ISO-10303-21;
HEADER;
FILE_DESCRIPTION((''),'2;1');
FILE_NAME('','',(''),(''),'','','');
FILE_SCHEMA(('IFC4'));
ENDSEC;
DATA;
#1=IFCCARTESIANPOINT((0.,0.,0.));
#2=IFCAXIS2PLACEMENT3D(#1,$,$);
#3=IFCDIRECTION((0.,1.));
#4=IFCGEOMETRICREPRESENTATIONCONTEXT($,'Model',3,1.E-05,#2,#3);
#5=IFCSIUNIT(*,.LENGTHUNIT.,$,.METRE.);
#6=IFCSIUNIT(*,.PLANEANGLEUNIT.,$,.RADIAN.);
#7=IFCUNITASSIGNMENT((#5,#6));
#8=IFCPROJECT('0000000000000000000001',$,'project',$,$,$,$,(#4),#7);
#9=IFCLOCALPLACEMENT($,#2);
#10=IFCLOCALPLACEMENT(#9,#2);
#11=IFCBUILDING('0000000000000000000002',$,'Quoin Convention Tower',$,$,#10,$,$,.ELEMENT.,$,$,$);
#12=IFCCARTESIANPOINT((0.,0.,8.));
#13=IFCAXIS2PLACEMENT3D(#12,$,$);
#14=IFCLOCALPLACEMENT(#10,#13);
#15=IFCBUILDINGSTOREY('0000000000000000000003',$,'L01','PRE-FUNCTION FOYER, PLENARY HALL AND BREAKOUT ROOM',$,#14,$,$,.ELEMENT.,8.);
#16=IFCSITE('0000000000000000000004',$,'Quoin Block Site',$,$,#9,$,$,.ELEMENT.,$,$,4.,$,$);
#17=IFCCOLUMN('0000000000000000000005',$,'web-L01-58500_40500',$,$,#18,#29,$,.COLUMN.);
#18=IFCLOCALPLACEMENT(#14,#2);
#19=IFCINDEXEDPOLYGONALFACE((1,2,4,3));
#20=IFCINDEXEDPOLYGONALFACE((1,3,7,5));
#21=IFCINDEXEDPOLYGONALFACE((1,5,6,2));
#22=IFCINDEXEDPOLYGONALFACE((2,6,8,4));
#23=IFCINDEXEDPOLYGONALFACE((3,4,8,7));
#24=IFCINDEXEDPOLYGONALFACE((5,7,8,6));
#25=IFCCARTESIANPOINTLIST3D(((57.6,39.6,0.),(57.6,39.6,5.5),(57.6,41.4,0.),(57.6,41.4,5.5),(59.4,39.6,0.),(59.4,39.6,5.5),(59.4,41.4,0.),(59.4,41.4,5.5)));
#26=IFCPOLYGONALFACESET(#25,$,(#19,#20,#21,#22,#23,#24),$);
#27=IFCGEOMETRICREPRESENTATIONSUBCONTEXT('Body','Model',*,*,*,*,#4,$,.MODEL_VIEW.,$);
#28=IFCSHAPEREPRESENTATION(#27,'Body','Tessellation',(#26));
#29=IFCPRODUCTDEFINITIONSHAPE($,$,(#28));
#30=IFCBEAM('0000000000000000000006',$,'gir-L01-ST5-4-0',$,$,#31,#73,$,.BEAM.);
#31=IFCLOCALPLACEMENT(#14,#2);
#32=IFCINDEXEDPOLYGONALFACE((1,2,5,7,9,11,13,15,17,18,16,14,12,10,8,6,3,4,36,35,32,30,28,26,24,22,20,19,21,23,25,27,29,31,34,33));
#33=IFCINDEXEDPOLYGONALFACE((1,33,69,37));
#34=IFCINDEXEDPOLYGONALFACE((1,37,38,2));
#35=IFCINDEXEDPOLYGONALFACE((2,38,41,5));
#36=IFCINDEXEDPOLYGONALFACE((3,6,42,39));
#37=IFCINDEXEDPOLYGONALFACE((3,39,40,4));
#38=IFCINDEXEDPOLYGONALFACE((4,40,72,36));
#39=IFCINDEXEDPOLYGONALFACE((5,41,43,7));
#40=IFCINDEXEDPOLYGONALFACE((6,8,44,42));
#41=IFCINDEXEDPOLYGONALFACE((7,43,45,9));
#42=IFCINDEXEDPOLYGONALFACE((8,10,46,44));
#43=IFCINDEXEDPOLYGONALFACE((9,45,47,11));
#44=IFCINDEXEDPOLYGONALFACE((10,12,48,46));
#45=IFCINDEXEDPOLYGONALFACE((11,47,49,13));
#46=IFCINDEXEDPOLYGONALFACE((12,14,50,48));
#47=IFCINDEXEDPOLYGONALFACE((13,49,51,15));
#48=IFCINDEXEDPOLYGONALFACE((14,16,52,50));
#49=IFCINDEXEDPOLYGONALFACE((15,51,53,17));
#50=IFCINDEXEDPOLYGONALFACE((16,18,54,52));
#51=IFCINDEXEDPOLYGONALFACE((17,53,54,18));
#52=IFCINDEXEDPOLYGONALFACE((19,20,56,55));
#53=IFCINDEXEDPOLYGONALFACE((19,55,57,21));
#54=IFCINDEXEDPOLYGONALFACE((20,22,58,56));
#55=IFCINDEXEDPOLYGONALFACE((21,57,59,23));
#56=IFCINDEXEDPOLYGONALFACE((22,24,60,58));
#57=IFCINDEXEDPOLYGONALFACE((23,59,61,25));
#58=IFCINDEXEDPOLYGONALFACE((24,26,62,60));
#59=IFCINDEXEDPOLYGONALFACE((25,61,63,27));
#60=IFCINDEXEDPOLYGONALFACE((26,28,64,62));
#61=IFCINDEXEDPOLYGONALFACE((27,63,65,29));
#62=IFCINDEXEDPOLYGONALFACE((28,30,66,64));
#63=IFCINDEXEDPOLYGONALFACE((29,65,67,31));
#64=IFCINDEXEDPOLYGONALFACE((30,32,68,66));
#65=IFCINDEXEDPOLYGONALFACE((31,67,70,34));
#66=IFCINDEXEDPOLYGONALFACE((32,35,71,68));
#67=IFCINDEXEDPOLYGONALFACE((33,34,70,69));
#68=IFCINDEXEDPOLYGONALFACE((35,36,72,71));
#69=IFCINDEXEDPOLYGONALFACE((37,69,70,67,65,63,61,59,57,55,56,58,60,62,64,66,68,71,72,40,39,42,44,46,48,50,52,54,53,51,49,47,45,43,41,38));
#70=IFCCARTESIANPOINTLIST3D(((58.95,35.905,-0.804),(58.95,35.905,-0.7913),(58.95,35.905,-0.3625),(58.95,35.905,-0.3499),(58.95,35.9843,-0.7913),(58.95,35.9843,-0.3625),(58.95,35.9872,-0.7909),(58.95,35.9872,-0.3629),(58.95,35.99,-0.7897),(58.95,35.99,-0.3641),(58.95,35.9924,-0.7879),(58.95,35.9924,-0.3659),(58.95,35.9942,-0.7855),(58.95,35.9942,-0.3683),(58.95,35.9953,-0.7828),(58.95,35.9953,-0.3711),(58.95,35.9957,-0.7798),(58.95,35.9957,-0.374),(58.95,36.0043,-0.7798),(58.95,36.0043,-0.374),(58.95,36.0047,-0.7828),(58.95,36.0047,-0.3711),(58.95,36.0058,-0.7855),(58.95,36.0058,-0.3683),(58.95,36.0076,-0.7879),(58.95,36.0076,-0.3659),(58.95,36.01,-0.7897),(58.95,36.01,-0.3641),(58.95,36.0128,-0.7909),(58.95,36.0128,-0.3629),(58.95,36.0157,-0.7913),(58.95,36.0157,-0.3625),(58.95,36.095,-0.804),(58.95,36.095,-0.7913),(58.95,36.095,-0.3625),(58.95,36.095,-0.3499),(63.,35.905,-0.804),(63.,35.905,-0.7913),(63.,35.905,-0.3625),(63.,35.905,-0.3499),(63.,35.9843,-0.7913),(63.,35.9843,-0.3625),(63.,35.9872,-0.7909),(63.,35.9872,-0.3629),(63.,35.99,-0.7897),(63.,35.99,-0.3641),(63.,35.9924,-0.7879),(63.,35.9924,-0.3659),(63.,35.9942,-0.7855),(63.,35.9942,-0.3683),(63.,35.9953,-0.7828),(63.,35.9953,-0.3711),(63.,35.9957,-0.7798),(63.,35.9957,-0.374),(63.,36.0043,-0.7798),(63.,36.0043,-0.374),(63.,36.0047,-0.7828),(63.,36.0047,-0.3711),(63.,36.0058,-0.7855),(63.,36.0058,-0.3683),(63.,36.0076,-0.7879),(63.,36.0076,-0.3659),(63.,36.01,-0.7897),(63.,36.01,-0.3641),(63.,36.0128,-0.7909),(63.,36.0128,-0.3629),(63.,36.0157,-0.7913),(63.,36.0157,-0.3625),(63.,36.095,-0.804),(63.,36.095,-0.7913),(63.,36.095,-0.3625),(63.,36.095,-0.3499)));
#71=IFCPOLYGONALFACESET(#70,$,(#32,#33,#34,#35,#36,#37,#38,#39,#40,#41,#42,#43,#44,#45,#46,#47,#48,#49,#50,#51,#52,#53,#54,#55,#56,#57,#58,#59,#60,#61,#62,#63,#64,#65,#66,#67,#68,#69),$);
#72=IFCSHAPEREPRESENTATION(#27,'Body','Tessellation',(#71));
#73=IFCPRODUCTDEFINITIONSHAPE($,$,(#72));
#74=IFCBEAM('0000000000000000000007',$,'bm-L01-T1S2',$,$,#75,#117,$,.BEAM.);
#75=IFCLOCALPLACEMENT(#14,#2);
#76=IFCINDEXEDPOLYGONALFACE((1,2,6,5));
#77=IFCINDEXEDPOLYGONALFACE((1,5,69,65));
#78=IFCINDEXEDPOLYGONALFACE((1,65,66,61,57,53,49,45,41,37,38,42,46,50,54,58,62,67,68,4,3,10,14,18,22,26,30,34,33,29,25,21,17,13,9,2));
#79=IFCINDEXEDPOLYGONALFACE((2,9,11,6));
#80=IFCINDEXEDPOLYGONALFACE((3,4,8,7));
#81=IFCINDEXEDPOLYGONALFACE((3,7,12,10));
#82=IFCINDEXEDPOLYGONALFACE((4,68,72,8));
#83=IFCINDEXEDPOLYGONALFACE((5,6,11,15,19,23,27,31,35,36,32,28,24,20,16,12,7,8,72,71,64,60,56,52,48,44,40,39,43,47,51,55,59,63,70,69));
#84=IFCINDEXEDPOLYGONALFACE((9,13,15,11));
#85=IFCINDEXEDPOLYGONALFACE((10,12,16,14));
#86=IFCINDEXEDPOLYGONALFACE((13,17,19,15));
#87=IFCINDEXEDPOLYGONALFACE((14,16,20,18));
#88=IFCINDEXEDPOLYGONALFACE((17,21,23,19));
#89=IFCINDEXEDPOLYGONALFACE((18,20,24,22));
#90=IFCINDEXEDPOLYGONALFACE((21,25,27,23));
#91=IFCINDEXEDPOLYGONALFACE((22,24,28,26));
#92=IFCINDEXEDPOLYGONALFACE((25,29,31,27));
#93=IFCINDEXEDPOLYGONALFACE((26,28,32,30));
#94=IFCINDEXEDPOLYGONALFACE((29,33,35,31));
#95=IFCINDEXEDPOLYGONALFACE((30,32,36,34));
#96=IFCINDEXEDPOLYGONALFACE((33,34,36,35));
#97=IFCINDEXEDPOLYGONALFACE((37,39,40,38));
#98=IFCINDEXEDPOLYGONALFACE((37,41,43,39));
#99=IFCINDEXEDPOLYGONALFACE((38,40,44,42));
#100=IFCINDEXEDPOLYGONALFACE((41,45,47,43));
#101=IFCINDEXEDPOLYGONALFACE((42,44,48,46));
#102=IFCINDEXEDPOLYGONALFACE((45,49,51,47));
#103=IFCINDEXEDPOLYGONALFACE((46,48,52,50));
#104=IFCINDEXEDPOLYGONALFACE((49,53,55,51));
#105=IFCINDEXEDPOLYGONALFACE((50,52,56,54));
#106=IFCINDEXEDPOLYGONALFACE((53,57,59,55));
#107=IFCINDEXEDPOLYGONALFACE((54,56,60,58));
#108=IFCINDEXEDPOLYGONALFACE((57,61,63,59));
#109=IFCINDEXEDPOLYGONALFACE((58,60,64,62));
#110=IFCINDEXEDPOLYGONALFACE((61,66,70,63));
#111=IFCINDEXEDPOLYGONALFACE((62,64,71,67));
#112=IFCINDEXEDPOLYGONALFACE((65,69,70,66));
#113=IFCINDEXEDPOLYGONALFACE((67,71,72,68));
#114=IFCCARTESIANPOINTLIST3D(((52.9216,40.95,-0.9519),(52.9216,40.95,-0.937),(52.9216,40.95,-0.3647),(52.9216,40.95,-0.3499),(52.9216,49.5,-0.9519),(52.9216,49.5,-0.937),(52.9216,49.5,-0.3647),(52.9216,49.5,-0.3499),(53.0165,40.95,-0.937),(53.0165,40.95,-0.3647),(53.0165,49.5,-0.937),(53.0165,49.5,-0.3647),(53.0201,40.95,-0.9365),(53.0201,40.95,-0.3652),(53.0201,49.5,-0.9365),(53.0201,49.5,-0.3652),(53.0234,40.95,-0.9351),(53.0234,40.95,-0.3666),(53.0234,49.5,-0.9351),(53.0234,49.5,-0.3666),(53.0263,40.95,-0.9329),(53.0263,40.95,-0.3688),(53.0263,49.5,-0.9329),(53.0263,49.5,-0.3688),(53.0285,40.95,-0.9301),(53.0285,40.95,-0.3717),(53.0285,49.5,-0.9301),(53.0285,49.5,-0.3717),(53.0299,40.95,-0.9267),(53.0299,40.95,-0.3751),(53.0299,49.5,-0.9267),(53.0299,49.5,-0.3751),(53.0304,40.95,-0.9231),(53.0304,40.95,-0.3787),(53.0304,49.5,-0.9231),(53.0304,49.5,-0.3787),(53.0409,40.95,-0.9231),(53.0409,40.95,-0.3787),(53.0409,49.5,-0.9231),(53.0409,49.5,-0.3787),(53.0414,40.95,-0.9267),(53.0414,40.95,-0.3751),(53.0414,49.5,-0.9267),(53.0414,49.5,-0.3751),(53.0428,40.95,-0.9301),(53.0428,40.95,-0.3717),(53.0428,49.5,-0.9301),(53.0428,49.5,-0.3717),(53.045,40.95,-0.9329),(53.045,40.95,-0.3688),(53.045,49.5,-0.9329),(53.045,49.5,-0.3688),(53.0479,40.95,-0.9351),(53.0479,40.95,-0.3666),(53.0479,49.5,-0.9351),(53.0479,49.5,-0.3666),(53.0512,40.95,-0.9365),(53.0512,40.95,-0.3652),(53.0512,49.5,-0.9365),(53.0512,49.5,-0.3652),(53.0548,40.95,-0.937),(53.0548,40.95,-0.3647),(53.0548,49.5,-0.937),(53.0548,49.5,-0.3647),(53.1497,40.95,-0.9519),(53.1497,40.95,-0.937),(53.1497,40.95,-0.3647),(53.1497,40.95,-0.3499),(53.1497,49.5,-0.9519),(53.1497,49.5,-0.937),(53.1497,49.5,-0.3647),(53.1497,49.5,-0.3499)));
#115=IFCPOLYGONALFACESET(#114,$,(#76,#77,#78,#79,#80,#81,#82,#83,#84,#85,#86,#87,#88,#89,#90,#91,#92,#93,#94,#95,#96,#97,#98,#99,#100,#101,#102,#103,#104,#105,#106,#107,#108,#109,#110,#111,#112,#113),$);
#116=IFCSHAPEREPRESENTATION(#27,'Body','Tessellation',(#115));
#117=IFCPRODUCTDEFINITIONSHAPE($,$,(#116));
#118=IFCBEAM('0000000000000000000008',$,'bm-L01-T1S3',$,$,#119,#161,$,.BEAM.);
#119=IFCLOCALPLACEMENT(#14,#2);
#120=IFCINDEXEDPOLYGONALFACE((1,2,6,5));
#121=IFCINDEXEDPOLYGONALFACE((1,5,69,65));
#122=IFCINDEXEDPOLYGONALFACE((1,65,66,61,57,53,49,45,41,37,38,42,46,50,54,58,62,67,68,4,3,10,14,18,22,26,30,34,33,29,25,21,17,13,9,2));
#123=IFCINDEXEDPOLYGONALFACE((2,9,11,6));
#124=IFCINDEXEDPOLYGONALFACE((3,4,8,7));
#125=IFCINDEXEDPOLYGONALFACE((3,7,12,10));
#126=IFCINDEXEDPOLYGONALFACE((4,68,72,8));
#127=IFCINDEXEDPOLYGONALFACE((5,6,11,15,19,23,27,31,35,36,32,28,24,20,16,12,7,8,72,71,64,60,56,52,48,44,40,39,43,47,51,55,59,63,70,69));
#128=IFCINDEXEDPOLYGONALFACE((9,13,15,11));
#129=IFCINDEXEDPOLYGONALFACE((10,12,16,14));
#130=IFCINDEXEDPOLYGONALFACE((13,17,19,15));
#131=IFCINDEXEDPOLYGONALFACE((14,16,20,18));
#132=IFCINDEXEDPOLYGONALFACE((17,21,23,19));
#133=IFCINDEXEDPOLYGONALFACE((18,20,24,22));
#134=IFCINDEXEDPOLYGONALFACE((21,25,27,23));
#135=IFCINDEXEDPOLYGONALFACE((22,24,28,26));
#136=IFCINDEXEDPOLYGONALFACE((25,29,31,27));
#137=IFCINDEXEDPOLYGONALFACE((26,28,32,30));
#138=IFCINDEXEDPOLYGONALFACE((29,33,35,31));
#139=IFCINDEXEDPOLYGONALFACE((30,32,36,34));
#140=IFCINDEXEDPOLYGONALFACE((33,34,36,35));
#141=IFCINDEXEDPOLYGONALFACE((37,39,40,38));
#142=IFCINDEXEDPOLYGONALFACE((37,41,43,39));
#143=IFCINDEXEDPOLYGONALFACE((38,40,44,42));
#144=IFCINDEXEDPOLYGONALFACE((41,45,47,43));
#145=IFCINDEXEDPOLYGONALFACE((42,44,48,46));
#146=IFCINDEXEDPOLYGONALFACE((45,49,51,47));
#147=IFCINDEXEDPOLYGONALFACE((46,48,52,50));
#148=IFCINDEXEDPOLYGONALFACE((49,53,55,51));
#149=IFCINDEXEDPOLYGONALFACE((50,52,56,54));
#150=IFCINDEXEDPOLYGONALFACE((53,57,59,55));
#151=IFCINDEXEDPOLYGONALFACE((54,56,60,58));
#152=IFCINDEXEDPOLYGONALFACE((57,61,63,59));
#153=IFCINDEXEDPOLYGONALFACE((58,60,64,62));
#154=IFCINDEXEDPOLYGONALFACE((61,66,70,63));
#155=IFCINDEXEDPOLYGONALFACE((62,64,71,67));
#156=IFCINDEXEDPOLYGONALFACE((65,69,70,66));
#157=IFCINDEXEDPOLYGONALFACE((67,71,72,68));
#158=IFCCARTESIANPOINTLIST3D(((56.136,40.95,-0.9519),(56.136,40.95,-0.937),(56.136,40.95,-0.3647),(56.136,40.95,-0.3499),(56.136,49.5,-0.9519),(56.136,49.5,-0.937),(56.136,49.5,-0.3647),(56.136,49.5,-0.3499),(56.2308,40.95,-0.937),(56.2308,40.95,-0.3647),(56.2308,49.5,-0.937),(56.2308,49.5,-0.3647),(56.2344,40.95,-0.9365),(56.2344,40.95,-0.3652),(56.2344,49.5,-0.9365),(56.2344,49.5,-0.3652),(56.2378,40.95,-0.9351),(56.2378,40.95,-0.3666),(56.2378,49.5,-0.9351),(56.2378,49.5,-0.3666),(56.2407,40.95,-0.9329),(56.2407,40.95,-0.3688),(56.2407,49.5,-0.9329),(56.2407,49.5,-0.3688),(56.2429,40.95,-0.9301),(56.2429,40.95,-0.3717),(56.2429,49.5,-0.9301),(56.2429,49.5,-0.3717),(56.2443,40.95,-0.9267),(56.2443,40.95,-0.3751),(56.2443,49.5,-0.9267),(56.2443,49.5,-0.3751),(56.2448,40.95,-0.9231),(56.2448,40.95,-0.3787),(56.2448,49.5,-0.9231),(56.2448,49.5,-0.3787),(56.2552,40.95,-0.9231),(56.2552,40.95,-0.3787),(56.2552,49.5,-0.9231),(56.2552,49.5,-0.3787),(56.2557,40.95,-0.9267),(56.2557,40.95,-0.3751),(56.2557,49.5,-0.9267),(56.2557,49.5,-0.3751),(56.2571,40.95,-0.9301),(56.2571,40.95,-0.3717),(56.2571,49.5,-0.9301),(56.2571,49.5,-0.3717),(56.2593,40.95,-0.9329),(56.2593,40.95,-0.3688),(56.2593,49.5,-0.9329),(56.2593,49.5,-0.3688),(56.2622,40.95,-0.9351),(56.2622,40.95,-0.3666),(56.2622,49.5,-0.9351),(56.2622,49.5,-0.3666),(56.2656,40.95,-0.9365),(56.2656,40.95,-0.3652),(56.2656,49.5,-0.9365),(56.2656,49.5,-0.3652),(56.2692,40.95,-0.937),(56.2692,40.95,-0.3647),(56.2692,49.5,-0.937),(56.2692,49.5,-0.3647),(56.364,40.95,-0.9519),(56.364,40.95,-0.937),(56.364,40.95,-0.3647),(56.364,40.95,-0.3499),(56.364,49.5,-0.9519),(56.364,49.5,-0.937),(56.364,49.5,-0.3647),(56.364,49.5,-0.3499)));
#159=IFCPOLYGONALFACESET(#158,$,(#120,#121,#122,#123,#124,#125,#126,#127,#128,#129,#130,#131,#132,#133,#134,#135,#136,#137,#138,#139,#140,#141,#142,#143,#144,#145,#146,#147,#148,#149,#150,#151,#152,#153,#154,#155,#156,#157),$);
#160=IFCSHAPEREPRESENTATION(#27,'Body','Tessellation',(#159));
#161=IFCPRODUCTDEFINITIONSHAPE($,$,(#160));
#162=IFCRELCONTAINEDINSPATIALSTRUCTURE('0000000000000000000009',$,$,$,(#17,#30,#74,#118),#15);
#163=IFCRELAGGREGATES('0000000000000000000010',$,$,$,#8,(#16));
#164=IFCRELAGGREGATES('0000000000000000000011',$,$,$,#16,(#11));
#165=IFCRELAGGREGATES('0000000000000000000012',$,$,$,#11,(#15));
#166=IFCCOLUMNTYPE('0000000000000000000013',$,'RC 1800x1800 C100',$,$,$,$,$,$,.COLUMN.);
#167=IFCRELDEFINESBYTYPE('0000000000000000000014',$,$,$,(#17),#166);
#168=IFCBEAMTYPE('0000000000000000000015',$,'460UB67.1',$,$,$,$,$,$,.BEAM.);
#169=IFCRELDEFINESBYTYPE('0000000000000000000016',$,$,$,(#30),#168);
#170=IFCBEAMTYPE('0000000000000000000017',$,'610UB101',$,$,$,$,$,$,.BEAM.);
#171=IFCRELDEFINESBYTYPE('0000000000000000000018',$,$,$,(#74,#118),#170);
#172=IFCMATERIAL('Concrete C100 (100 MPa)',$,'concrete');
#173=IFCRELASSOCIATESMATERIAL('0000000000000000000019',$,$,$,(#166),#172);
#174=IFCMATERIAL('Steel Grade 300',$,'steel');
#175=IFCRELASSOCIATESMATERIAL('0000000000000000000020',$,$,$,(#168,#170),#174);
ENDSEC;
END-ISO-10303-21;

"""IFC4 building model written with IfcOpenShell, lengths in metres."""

from ifc_helpers import new_model, si_unit, direction, frame, origin, origin_2d, place, context, subcontext, project, spatial, rectangle, i_section, extrude, material, material_profile, profile_set, type_object, element, save


model = new_model("IFC4")

# Units and contexts
model_context = context("Model", 3, precision=1e-05, world=origin(), true_north=direction((0.0, 1.0)))
body_context = subcontext(model_context, "Body", "Model", "MODEL_VIEW")
ifc_project = project(units=[si_unit("LENGTHUNIT", "METRE"), si_unit("PLANEANGLEUNIT", "RADIAN")], contexts=[model_context])

# Site, building, storey
site_placement = place(None, origin())
site = spatial("IfcSite", under=ifc_project, at=site_placement, Name="Quoin Block Site", CompositionType="ELEMENT", RefElevation=4.0)
building_placement = place(site_placement, origin())
building = spatial("IfcBuilding", under=site, at=building_placement, Name="Quoin Convention Tower", CompositionType="ELEMENT")
storey_placement = place(building_placement, frame((0.0, 0.0, 8.0)))
storey = spatial("IfcBuildingStorey", under=building, at=storey_placement, Name="L01", Description="PRE-FUNCTION FOYER, PLENARY HALL AND BREAKOUT ROOM", CompositionType="ELEMENT", Elevation=8.0)

# Column
ifc_material_1 = material(Name="Concrete C100 (100 MPa)", Category="concrete")
ifc_material_profile_1 = material_profile(ifc_material_1, rectangle(XDim=1.8, YDim=1.8, at=origin_2d()), Name="RC 1800x1800")
ifc_profile_set_1 = profile_set([ifc_material_profile_1], Name="Concrete C100 (100 MPa)")
column_type = type_object("IfcColumnType", Name="RC 1800x1800 C100", PredefinedType="COLUMN", material=ifc_profile_set_1)
column_placement = place(storey_placement, frame((58.5, 40.5, 0.0), z_axis=(0.0, 0.0, 1.0), x_axis=(1.0, 0.0, 0.0)))
element("IfcColumn", 1, at=column_placement, inside=storey, type_object=column_type, Name="web-L01-58500_40500", PredefinedType="COLUMN", context=body_context, shape_type="SweptSolid", body=[
    extrude(rectangle(XDim=1.8, YDim=1.8, at=origin_2d()), origin(), (0.0, 0.0, 1.0), 5.5),
])

# Beams
ifc_material_2 = material(Name="Steel Grade 300", Category="steel")
ifc_material_profile_2 = material_profile(ifc_material_2, i_section(OverallWidth=0.1899, OverallDepth=0.4541, WebThickness=0.0085, FlangeThickness=0.0127, FilletRadius=0.0115, at=origin_2d()), Name="460UB67.1")
ifc_profile_set_2 = profile_set([ifc_material_profile_2], Name="Steel Grade 300")
beam_type_1 = type_object("IfcBeamType", Name="460UB67.1", PredefinedType="BEAM", material=ifc_profile_set_2)
beam_1_placement = place(storey_placement, frame((58.95, 36.0, -0.5769), z_axis=(1.0, 0.0, 0.0), x_axis=(0.0, 1.0, 0.0)))
element("IfcBeam", 2, at=beam_1_placement, inside=storey, type_object=beam_type_1, Name="gir-L01-ST5-4-0", PredefinedType="BEAM", context=body_context, shape_type="SweptSolid", body=[
    extrude(i_section(OverallWidth=0.1899, OverallDepth=0.4541, WebThickness=0.0085, FlangeThickness=0.0127, FilletRadius=0.0115, at=origin_2d()), origin(), (0.0, 0.0, 1.0), 4.05),
])
ifc_material_profile_3 = material_profile(ifc_material_2, i_section(OverallWidth=0.228, OverallDepth=0.6021, WebThickness=0.0105, FlangeThickness=0.0149, FilletRadius=0.0139, at=origin_2d()), Name="610UB101")
ifc_profile_set_3 = profile_set([ifc_material_profile_3], Name="Steel Grade 300")
beam_type_2 = type_object("IfcBeamType", Name="610UB101", PredefinedType="BEAM", material=ifc_profile_set_3)
for number, where, z_axis, x_axis, name in (
    (3, (53.0356, 40.95, -0.6509), (0.0, 1.0, 0.0), (-1.0, 0.0, 0.0), "bm-L01-T1S2"),
    (4, (56.25, 40.95, -0.6509), (0.0, 1.0, 0.0), (-1.0, 0.0, 0.0), "bm-L01-T1S3"),
):
    element("IfcBeam", number, at=place(storey_placement, frame(where, z_axis=z_axis, x_axis=x_axis)), inside=storey, type_object=beam_type_2, Name=name, PredefinedType="BEAM", context=body_context, shape_type="SweptSolid", body=[
        extrude(i_section(OverallWidth=0.228, OverallDepth=0.6021, WebThickness=0.0105, FlangeThickness=0.0149, FilletRadius=0.0139, at=origin_2d()), origin(), (0.0, 0.0, 1.0), 8.55),
    ])

save(model, "model.ifc")
